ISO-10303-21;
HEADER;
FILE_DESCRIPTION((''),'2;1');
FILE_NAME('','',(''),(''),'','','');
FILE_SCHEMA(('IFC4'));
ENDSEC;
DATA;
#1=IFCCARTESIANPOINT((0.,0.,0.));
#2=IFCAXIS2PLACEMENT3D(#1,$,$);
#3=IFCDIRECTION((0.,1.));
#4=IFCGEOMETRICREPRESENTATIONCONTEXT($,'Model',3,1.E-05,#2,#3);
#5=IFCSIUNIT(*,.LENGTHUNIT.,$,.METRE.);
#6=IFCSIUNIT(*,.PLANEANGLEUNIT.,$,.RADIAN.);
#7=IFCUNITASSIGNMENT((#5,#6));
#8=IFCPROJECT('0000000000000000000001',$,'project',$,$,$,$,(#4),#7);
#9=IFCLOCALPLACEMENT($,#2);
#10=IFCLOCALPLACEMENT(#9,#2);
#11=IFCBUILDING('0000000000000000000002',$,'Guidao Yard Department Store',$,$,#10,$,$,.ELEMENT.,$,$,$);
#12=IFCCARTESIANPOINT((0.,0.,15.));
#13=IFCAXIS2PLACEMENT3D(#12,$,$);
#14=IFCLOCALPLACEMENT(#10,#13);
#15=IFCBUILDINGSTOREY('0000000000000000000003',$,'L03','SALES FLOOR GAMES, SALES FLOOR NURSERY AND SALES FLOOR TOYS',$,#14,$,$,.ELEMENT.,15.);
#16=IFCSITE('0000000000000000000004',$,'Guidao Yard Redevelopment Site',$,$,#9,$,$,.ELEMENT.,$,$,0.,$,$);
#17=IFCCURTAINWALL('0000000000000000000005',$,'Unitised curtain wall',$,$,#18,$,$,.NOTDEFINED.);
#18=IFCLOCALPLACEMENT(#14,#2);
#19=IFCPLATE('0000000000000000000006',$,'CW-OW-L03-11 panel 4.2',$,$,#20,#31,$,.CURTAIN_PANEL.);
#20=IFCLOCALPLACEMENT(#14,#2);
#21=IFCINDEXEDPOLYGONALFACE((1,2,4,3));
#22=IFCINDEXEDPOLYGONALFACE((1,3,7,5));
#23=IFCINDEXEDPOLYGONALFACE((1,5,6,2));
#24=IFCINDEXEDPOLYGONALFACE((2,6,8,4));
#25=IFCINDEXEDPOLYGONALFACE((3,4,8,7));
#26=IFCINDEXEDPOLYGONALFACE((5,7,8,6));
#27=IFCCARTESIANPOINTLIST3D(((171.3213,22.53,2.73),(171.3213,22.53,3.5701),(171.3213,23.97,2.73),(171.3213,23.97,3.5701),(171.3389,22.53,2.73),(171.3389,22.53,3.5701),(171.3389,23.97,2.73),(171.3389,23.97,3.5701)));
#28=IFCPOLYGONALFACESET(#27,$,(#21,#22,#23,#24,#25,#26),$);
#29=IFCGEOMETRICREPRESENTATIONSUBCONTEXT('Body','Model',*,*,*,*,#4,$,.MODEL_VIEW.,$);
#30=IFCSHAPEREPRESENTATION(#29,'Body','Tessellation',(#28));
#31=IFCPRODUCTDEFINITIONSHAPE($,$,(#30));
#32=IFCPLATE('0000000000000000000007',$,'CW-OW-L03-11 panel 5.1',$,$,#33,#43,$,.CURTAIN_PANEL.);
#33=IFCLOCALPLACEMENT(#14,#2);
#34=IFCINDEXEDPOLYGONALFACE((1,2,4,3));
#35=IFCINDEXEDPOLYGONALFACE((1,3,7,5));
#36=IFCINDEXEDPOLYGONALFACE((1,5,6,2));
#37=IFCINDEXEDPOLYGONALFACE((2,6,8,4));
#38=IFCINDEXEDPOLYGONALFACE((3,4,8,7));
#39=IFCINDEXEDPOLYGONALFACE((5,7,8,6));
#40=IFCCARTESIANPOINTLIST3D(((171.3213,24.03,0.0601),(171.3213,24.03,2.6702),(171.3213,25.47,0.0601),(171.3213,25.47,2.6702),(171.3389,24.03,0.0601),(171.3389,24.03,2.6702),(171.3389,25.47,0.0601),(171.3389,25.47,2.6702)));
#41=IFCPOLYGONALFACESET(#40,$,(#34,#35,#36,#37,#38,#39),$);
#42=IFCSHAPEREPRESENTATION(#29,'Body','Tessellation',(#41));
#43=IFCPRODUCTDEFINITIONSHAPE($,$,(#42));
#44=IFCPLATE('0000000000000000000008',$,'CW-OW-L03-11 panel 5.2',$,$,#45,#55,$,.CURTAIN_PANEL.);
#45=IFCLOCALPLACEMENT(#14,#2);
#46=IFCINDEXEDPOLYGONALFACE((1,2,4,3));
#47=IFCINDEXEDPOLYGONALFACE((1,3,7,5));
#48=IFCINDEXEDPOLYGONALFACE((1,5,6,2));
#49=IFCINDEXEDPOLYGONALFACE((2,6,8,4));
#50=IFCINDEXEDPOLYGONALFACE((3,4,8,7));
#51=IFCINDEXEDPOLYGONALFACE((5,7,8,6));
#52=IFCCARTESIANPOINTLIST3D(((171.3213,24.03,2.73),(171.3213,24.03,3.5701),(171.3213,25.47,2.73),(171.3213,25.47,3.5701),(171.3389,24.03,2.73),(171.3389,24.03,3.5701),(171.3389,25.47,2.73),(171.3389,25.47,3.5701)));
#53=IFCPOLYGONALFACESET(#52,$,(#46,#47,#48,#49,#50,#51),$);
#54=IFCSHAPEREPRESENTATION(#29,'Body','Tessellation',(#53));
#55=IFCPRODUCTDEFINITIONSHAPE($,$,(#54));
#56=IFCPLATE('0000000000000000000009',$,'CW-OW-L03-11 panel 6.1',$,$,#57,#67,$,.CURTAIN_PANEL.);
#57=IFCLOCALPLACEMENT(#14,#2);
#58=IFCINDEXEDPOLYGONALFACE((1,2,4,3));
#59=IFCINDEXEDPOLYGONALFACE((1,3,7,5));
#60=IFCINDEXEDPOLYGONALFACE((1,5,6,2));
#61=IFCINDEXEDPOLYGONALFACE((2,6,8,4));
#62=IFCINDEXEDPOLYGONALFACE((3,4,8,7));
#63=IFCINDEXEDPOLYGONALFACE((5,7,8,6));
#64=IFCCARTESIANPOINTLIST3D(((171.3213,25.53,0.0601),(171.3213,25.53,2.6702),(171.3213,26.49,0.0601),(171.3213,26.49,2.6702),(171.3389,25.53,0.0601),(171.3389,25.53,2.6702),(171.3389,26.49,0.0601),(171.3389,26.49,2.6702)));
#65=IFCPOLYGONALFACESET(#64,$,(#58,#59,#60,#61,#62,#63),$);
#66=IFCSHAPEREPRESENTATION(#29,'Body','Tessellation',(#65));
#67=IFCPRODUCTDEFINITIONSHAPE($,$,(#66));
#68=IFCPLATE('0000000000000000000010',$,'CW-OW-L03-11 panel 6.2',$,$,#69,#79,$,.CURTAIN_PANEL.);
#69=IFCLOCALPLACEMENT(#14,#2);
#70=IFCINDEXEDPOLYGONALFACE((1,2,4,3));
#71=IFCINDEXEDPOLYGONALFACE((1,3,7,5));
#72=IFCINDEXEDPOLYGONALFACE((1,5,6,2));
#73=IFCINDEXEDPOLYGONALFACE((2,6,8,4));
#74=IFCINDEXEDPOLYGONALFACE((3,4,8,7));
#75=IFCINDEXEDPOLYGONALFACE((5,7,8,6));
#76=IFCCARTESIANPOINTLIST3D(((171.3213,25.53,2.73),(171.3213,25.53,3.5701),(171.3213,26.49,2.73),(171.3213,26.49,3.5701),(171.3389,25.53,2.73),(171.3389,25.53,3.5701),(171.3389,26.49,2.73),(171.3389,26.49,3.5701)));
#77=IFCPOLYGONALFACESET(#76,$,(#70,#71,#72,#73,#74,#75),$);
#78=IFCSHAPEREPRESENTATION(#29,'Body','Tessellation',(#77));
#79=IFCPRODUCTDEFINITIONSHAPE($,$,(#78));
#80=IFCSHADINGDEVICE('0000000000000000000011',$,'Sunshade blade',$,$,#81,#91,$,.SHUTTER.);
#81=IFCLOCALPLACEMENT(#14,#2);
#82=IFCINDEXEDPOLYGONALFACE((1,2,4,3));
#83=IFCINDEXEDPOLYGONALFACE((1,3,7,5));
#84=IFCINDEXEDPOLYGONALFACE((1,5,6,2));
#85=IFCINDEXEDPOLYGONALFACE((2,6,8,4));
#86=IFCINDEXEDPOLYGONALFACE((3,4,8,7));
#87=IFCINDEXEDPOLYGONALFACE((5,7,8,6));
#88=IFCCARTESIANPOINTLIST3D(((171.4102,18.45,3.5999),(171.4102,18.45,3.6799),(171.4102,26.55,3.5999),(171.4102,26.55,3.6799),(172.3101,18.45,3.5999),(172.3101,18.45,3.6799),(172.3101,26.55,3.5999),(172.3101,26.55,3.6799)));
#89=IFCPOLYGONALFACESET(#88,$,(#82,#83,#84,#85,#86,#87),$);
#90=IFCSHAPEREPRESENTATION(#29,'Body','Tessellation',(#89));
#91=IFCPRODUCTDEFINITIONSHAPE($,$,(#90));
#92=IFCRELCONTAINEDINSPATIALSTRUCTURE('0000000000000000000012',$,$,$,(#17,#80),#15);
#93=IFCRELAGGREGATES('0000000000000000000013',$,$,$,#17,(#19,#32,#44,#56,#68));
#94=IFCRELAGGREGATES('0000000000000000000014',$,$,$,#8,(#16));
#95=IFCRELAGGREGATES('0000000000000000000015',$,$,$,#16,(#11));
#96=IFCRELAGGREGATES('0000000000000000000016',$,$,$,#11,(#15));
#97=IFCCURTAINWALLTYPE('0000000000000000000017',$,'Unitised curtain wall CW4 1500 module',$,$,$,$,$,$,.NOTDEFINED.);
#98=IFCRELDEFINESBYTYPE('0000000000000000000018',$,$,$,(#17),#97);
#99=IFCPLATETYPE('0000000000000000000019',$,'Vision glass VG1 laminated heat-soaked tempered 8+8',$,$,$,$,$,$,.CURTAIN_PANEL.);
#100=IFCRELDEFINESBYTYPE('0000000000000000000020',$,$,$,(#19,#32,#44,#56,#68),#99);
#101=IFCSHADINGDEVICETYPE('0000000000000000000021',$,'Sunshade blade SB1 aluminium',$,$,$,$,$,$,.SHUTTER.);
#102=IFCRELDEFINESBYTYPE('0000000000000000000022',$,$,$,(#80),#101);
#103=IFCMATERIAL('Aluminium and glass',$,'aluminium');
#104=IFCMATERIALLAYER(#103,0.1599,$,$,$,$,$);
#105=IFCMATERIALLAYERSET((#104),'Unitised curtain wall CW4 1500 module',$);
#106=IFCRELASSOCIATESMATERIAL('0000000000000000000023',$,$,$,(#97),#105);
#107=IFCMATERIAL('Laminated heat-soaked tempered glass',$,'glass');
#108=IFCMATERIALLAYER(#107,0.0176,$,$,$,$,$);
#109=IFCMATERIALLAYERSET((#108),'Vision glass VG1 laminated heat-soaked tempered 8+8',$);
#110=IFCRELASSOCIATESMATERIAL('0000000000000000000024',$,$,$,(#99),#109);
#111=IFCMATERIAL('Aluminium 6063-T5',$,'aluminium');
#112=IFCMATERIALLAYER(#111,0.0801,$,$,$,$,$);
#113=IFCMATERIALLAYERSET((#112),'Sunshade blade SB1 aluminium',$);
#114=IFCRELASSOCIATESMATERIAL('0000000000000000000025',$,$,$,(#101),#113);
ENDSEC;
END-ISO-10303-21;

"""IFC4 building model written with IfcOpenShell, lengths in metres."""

from ifc_helpers import new_model, si_unit, direction, frame, origin, origin_2d, place, context, subcontext, project, spatial, rectangle, extrude, material, layer, layer_set, type_object, element, aggregate, save


model = new_model("IFC4")

# Units and contexts
model_context = context("Model", 3, precision=1e-05, world=origin(), true_north=direction((0.0, 1.0)))
body_context = subcontext(model_context, "Body", "Model", "MODEL_VIEW")
ifc_project = project(units=[si_unit("LENGTHUNIT", "METRE"), si_unit("PLANEANGLEUNIT", "RADIAN")], contexts=[model_context])

# Site, building, storey
site_placement = place(None, origin())
site = spatial("IfcSite", under=ifc_project, at=site_placement, Name="Guidao Yard Redevelopment Site", CompositionType="ELEMENT", RefElevation=0.0)
building_placement = place(site_placement, origin())
building = spatial("IfcBuilding", under=site, at=building_placement, Name="Guidao Yard Department Store", CompositionType="ELEMENT")
storey_placement = place(building_placement, frame((0.0, 0.0, 15.0)))
storey = spatial("IfcBuildingStorey", under=building, at=storey_placement, Name="L03", Description="SALES FLOOR GAMES, SALES FLOOR NURSERY AND SALES FLOOR TOYS", CompositionType="ELEMENT", Elevation=15.0)

# Curtain wall, plates
ifc_material_1 = material(Name="Aluminium and glass", Category="aluminium")
ifc_layer_1 = layer(ifc_material_1, 0.1599)
ifc_layer_set_1 = layer_set([ifc_layer_1], Name="Unitised curtain wall CW4 1500 module")
curtain_wall_type = type_object("IfcCurtainWallType", Name="Unitised curtain wall CW4 1500 module", PredefinedType="NOTDEFINED", material=ifc_layer_set_1)
curtain_wall_placement = place(storey_placement, origin())
curtain_wall = element("IfcCurtainWall", 1, at=curtain_wall_placement, inside=storey, type_object=curtain_wall_type, Name="Unitised curtain wall", PredefinedType="NOTDEFINED")
ifc_material_2 = material(Name="Laminated heat-soaked tempered glass", Category="glass")
ifc_layer_2 = layer(ifc_material_2, 0.0176)
ifc_layer_set_2 = layer_set([ifc_layer_2], Name="Vision glass VG1 laminated heat-soaked tempered 8+8")
plate_type_1 = type_object("IfcPlateType", Name="Vision glass VG1 laminated heat-soaked tempered 8+8", PredefinedType="CURTAIN_PANEL", material=ifc_layer_set_2)
plate_1_placement = place(storey_placement, frame((171.3301, 23.25, 2.73), z_axis=(0.0, 0.0, 1.0), x_axis=(0.0, -1.0, 0.0)))
plate_1 = element("IfcPlate", 2, at=plate_1_placement, type_object=plate_type_1, Name="CW-OW-L03-11 panel 4.2", PredefinedType="CURTAIN_PANEL", context=body_context, shape_type="SweptSolid", body=[
    extrude(rectangle(XDim=1.4399, YDim=0.0176, at=origin_2d()), origin(), (0.0, 0.0, 1.0), 0.8401),
])
plate_2_placement = place(storey_placement, frame((171.3301, 24.75, 0.0601), z_axis=(0.0, 0.0, 1.0), x_axis=(0.0, -1.0, 0.0)))
plate_2 = element("IfcPlate", 3, at=plate_2_placement, type_object=plate_type_1, Name="CW-OW-L03-11 panel 5.1", PredefinedType="CURTAIN_PANEL", context=body_context, shape_type="SweptSolid", body=[
    extrude(rectangle(XDim=1.4399, YDim=0.0176, at=origin_2d()), origin(), (0.0, 0.0, 1.0), 2.6101),
])
plate_3_placement = place(storey_placement, frame((171.3301, 24.75, 2.73), z_axis=(0.0, 0.0, 1.0), x_axis=(0.0, -1.0, 0.0)))
plate_3 = element("IfcPlate", 4, at=plate_3_placement, type_object=plate_type_1, Name="CW-OW-L03-11 panel 5.2", PredefinedType="CURTAIN_PANEL", context=body_context, shape_type="SweptSolid", body=[
    extrude(rectangle(XDim=1.4399, YDim=0.0176, at=origin_2d()), origin(), (0.0, 0.0, 1.0), 0.8401),
])
plate_4_placement = place(storey_placement, frame((171.3301, 26.01, 0.0601), z_axis=(0.0, 0.0, 1.0), x_axis=(0.0, -1.0, 0.0)))
plate_4 = element("IfcPlate", 5, at=plate_4_placement, type_object=plate_type_1, Name="CW-OW-L03-11 panel 6.1", PredefinedType="CURTAIN_PANEL", context=body_context, shape_type="SweptSolid", body=[
    extrude(rectangle(XDim=0.96, YDim=0.0176, at=origin_2d()), origin(), (0.0, 0.0, 1.0), 2.6101),
])
plate_5_placement = place(storey_placement, frame((171.3301, 26.01, 2.73), z_axis=(0.0, 0.0, 1.0), x_axis=(0.0, -1.0, 0.0)))
plate_5 = element("IfcPlate", 6, at=plate_5_placement, type_object=plate_type_1, Name="CW-OW-L03-11 panel 6.2", PredefinedType="CURTAIN_PANEL", context=body_context, shape_type="SweptSolid", body=[
    extrude(rectangle(XDim=0.96, YDim=0.0176, at=origin_2d()), origin(), (0.0, 0.0, 1.0), 0.8401),
])
aggregate(curtain_wall, [plate_1, plate_2, plate_3, plate_4, plate_5])

# Shading device
ifc_material_3 = material(Name="Aluminium 6063-T5", Category="aluminium")
ifc_layer_3 = layer(ifc_material_3, 0.0801)
ifc_layer_set_3 = layer_set([ifc_layer_3], Name="Sunshade blade SB1 aluminium")
shading_device_type = type_object("IfcShadingDeviceType", Name="Sunshade blade SB1 aluminium", PredefinedType="SHUTTER", material=ifc_layer_set_3)
shading_device_placement = place(storey_placement, frame((171.8601, 22.5, 3.5999), z_axis=(0.0, 0.0, 1.0), x_axis=(0.0, -1.0, 0.0)))
element("IfcShadingDevice", 7, at=shading_device_placement, inside=storey, type_object=shading_device_type, Name="Sunshade blade", PredefinedType="SHUTTER", context=body_context, shape_type="SweptSolid", body=[
    extrude(rectangle(XDim=8.1001, YDim=0.8999, at=origin_2d()), origin(), (0.0, 0.0, 1.0), 0.0801),
])

save(model, "model.ifc")
